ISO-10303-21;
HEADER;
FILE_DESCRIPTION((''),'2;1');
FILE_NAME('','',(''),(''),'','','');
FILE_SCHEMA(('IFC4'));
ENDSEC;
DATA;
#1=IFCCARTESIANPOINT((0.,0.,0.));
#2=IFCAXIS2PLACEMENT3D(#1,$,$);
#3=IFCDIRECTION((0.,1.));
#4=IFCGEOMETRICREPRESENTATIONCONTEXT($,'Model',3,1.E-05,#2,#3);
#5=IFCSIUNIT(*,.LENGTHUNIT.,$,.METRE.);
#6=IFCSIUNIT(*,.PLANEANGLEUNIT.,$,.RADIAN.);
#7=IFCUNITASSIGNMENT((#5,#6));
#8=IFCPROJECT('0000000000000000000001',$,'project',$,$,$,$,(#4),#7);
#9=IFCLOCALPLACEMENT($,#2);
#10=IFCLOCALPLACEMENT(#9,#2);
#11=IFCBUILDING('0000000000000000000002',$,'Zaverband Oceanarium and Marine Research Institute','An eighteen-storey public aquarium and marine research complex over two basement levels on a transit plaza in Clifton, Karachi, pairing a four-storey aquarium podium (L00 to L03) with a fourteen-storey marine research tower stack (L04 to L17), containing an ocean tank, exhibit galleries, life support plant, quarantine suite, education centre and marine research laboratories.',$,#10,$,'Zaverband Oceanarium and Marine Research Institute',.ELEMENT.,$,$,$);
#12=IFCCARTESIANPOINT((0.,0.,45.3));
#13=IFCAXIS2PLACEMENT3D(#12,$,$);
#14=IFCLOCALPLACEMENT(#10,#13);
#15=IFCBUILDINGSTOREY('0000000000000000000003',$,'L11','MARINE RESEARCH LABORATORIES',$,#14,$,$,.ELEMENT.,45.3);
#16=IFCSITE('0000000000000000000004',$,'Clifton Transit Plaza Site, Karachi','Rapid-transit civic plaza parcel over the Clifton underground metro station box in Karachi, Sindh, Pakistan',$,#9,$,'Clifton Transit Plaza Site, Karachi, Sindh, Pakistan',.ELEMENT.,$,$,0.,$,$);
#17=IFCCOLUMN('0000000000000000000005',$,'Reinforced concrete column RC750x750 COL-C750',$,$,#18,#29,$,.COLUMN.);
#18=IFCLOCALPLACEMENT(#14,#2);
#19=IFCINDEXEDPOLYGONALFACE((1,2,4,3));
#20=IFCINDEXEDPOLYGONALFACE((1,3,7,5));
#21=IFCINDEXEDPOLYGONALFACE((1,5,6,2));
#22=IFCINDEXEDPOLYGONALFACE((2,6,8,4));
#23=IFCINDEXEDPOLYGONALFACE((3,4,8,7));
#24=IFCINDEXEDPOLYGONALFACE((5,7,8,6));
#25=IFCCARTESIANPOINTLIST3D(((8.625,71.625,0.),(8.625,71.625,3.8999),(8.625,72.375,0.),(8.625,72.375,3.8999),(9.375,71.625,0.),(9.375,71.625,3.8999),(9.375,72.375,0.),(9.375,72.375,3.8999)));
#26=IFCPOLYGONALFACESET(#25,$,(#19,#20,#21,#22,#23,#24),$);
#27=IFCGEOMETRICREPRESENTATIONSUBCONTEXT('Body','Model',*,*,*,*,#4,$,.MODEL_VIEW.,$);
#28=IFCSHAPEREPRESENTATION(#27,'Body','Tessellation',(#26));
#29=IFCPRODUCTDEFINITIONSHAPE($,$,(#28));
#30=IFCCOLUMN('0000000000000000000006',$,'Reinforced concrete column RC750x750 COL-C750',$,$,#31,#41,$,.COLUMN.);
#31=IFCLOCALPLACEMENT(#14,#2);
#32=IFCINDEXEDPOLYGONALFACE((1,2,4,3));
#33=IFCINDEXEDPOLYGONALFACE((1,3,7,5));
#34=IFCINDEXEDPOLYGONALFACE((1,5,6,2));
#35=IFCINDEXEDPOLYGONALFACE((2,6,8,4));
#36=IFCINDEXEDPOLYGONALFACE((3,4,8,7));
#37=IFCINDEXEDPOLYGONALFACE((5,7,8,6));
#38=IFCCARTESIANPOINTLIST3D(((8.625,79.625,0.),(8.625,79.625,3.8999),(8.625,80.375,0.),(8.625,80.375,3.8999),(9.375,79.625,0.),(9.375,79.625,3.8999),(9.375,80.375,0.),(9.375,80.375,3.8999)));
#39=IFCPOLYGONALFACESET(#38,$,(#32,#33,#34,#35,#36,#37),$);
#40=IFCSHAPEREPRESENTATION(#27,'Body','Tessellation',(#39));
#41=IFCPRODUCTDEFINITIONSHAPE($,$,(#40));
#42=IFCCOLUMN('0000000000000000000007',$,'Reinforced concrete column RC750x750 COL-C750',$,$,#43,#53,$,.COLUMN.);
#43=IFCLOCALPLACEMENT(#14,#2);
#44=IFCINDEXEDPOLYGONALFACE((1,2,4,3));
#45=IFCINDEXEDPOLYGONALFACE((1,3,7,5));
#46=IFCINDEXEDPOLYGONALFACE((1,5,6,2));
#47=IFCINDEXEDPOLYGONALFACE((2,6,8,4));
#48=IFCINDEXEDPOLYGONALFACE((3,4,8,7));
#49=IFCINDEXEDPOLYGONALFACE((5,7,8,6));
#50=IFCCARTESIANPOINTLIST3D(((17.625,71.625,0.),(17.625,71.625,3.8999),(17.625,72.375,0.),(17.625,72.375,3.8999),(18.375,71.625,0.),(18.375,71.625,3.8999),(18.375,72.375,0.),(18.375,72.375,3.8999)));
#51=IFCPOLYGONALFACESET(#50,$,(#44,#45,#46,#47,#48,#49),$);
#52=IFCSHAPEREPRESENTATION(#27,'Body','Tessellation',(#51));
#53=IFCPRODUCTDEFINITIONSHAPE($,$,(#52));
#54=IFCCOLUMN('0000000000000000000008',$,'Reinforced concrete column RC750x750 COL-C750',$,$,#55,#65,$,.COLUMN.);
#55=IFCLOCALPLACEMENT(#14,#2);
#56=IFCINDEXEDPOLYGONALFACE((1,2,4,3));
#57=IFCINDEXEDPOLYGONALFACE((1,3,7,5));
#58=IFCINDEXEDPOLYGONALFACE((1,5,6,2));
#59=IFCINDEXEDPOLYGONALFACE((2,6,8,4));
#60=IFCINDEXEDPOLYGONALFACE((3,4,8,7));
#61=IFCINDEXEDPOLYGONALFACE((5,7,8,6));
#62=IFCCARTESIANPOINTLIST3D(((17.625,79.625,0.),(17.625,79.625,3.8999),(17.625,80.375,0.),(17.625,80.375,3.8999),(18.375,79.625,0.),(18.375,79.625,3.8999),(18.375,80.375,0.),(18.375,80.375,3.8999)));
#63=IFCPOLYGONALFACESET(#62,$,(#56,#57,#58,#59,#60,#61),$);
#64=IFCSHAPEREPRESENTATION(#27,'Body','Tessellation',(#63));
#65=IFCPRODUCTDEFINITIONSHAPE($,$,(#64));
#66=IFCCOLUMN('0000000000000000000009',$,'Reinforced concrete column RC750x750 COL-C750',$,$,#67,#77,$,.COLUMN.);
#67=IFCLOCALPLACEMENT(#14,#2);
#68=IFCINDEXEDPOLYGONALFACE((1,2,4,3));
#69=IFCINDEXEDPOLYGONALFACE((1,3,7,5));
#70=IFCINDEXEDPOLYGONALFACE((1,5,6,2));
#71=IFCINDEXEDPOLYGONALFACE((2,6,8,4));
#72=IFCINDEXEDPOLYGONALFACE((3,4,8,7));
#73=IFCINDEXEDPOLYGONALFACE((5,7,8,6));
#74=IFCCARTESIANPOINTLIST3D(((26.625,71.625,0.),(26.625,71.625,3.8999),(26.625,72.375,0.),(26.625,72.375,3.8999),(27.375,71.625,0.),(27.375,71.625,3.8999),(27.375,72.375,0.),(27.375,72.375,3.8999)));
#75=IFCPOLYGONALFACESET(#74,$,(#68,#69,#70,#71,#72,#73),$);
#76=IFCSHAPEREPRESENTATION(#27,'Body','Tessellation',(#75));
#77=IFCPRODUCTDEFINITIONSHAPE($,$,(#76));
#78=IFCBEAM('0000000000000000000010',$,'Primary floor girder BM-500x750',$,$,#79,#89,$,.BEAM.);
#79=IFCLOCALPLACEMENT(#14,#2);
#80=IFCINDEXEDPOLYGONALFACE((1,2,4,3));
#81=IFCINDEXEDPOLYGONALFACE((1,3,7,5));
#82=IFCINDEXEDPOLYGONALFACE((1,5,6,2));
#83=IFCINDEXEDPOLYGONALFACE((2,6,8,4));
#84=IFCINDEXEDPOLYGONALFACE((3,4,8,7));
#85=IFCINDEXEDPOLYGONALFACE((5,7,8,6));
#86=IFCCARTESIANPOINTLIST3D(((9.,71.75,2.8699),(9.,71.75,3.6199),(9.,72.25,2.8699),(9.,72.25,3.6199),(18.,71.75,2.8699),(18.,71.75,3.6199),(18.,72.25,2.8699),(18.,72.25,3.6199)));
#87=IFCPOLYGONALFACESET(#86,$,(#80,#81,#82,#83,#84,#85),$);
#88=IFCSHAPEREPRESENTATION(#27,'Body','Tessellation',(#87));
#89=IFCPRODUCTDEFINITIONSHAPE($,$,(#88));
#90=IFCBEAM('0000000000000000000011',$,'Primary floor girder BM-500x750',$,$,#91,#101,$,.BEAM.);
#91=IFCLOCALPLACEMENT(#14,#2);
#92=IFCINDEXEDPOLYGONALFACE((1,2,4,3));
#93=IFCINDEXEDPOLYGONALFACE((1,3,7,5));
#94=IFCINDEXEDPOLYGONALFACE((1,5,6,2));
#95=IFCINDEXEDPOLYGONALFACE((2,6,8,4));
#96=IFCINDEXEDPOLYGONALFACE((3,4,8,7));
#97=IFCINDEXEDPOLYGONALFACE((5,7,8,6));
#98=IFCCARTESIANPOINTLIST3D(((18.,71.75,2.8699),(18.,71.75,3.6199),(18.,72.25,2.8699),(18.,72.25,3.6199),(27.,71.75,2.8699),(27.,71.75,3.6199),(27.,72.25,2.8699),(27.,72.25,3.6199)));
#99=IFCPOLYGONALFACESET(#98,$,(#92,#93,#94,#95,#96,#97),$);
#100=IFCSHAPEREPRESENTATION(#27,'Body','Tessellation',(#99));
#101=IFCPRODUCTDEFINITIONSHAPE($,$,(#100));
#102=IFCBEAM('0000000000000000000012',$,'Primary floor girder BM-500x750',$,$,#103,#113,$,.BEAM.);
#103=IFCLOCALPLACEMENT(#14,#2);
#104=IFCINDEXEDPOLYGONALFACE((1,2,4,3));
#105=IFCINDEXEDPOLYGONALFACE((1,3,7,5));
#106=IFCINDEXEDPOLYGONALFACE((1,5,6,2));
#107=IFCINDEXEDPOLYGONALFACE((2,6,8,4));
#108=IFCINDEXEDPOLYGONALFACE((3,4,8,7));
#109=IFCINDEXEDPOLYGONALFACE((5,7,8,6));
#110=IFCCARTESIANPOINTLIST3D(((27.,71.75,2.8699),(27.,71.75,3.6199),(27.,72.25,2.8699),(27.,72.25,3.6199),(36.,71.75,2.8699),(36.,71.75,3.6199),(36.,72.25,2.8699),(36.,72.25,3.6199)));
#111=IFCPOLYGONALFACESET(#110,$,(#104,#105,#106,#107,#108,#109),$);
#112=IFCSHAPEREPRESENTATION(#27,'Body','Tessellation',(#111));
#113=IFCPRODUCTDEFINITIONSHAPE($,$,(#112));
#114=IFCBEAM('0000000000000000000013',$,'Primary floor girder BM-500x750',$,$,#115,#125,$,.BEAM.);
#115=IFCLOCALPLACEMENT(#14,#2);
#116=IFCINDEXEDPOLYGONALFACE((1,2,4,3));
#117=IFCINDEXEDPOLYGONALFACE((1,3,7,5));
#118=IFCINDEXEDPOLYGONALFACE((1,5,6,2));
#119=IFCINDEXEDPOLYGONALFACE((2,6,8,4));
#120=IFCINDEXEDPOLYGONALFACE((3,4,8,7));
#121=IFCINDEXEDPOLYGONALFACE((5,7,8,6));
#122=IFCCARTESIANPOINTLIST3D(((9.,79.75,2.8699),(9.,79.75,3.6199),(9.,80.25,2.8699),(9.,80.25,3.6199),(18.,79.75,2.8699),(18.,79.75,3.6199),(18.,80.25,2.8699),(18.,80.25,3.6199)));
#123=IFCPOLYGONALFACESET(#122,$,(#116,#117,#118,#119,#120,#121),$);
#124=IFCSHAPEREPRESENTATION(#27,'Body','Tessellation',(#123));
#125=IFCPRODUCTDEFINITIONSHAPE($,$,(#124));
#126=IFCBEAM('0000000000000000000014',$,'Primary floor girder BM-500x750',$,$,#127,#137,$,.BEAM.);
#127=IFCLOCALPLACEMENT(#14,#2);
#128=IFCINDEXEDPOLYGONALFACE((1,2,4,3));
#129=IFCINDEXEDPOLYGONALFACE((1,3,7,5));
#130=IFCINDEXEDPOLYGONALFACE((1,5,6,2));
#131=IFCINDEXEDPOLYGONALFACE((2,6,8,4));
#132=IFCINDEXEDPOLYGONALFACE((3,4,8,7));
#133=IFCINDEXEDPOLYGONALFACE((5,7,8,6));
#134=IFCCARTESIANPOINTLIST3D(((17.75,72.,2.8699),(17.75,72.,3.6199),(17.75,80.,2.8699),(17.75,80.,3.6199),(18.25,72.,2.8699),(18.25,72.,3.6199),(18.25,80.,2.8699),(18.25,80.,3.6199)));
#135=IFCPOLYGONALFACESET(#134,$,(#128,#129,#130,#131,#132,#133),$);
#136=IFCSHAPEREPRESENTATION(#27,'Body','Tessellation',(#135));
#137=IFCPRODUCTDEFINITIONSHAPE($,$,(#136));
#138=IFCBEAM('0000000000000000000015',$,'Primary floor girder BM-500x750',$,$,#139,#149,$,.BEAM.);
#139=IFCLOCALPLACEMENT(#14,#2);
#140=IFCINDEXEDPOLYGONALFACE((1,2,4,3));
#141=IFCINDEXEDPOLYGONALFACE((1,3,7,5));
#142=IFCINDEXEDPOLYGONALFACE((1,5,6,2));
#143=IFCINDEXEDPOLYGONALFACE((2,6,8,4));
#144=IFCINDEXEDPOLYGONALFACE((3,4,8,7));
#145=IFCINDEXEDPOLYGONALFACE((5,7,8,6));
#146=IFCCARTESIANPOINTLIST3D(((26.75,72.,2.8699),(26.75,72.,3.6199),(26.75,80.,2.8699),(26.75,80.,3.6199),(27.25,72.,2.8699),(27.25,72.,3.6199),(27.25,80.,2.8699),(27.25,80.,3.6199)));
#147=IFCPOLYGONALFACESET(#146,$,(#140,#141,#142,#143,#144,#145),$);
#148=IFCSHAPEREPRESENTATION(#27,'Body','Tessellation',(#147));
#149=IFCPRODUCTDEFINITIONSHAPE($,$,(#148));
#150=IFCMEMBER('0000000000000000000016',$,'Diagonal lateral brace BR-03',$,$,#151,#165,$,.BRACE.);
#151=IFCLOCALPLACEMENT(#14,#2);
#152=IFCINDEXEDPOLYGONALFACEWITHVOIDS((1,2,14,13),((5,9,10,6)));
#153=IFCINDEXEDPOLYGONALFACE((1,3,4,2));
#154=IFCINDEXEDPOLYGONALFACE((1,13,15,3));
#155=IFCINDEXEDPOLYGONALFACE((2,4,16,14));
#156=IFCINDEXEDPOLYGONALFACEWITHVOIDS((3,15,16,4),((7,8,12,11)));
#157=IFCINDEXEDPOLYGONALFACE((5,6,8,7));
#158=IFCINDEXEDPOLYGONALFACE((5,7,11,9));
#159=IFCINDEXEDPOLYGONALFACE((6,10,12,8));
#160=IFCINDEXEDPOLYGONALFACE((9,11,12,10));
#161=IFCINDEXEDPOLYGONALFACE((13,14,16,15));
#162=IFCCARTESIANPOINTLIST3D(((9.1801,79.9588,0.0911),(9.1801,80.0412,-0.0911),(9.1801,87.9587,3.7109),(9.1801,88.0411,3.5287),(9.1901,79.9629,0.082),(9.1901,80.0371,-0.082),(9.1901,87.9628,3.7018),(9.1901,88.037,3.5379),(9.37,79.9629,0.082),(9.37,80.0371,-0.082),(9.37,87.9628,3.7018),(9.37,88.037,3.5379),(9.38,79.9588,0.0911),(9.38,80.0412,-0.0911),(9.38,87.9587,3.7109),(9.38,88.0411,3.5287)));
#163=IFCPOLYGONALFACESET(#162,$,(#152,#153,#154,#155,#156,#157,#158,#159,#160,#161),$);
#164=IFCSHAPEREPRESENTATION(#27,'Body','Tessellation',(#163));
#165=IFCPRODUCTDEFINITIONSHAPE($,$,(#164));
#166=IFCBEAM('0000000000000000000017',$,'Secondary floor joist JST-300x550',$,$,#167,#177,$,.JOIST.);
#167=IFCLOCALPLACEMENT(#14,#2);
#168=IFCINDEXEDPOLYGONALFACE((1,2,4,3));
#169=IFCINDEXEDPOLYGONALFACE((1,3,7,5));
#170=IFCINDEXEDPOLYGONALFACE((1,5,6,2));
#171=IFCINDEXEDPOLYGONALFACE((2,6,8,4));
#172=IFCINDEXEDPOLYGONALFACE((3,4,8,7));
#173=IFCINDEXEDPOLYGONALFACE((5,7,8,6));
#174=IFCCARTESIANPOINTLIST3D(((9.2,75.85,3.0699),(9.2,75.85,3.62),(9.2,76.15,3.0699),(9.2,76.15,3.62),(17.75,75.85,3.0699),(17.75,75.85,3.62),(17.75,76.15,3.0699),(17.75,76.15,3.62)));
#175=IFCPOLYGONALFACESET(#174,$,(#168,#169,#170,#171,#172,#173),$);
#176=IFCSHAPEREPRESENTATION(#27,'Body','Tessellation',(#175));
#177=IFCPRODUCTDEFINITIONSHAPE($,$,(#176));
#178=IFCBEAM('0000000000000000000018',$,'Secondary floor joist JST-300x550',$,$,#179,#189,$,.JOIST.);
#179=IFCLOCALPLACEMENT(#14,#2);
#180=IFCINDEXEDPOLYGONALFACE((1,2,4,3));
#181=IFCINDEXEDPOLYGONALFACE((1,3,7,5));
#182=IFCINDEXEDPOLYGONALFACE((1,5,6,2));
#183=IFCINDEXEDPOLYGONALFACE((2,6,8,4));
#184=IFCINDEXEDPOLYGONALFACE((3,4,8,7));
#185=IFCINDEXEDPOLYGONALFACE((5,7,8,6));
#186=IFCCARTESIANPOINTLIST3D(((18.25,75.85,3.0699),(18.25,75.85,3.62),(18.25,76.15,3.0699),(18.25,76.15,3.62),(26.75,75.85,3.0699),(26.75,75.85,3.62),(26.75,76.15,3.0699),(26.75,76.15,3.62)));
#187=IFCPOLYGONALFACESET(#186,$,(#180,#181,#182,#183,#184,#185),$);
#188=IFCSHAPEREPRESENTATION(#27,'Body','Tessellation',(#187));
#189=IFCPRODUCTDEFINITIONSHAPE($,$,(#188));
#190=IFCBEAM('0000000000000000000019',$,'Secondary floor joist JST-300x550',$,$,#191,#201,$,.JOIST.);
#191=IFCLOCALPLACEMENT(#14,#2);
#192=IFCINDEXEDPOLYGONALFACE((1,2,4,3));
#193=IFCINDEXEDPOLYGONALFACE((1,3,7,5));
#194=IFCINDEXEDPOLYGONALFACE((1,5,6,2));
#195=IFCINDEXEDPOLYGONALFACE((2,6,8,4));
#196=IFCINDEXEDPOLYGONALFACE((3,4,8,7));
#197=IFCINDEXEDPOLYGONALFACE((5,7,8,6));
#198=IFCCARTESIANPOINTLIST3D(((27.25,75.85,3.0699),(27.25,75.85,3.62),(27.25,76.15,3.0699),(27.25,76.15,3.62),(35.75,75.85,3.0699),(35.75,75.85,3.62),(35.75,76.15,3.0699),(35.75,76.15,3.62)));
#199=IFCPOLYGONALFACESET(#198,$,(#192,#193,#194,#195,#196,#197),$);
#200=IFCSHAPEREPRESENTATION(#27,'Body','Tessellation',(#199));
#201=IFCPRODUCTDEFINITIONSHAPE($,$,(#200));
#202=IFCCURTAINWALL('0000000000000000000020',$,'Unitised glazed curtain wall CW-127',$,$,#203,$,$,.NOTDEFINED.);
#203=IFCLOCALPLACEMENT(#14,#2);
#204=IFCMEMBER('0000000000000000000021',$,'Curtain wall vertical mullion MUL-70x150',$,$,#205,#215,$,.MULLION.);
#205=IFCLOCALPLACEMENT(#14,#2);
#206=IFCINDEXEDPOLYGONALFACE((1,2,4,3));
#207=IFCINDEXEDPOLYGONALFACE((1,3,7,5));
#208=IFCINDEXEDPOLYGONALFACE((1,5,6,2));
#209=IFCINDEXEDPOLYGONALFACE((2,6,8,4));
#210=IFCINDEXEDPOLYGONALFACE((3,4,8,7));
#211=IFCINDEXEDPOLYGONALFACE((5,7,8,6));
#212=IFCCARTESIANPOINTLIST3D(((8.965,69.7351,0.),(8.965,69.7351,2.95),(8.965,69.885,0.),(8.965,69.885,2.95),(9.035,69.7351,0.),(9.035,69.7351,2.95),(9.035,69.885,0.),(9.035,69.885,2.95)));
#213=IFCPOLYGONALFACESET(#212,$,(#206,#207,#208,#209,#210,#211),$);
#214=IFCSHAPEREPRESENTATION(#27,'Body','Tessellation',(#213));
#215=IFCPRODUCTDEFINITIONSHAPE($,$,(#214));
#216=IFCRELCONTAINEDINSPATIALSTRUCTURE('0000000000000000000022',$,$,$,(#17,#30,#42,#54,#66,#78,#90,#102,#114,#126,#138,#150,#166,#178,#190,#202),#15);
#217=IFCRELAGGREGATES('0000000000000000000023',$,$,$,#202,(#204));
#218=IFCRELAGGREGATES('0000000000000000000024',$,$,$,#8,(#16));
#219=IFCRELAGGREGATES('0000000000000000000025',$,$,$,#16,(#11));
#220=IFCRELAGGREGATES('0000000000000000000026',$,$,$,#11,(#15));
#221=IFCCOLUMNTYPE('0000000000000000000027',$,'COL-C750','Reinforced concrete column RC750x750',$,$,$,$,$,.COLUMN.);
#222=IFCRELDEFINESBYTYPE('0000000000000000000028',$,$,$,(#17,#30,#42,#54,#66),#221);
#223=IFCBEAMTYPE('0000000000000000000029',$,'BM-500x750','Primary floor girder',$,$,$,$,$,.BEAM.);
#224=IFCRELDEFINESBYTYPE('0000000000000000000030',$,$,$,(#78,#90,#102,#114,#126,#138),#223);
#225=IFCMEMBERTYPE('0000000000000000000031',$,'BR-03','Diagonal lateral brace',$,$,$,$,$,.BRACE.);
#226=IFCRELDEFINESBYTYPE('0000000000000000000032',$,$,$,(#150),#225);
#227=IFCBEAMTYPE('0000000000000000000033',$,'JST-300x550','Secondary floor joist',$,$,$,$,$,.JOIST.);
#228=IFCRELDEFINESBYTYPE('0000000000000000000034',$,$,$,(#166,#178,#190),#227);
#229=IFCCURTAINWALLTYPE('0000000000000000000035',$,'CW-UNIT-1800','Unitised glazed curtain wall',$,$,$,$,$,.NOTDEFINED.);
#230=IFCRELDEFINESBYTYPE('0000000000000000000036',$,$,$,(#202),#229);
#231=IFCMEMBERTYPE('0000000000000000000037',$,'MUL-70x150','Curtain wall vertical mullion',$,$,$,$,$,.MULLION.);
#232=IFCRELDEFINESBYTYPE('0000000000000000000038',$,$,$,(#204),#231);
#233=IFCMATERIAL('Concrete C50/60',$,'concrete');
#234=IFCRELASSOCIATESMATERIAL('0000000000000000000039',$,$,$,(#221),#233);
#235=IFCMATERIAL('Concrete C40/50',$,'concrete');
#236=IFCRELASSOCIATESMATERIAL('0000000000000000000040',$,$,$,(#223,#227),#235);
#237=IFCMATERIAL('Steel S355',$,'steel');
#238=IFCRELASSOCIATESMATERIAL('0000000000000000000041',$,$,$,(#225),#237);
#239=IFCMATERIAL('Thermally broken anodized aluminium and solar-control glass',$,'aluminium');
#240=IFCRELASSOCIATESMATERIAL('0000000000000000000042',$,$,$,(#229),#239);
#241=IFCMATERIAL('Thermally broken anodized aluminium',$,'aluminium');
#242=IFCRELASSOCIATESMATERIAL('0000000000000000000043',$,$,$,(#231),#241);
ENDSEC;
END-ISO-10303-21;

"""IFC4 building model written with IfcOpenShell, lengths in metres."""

from ifc_helpers import new_model, si_unit, direction, frame, origin, origin_2d, place, context, subcontext, project, spatial, rectangle, hollow_rectangle, extrude, material, material_profile, profile_set, type_object, element, aggregate, save


model = new_model("IFC4")

# Units and contexts
model_context = context("Model", 3, precision=1e-05, world=origin(), true_north=direction((0.0, 1.0)))
body_context = subcontext(model_context, "Body", "Model", "MODEL_VIEW")
ifc_project = project(units=[si_unit("LENGTHUNIT", "METRE"), si_unit("PLANEANGLEUNIT", "RADIAN")], contexts=[model_context])

# Site, building, storey
site_placement = place(None, origin())
site = spatial("IfcSite", under=ifc_project, at=site_placement, Name="Clifton Transit Plaza Site, Karachi", Description="Rapid-transit civic plaza parcel over the Clifton underground metro station box in Karachi, Sindh, Pakistan", LongName="Clifton Transit Plaza Site, Karachi, Sindh, Pakistan", CompositionType="ELEMENT", RefElevation=0.0)
building_placement = place(site_placement, origin())
building = spatial("IfcBuilding", under=site, at=building_placement, Name="Zaverband Oceanarium and Marine Research Institute", Description="An eighteen-storey public aquarium and marine research complex over two basement levels on a transit plaza in Clifton, Karachi, pairing a four-storey aquarium podium (L00 to L03) with a fourteen-storey marine research tower stack (L04 to L17), containing an ocean tank, exhibit galleries, life support plant, quarantine suite, education centre and marine research laboratories.", LongName="Zaverband Oceanarium and Marine Research Institute", CompositionType="ELEMENT")
storey_placement = place(building_placement, frame((0.0, 0.0, 45.3)))
storey = spatial("IfcBuildingStorey", under=building, at=storey_placement, Name="L11", Description="MARINE RESEARCH LABORATORIES", CompositionType="ELEMENT", Elevation=45.3)

# Columns
ifc_material_1 = material(Name="Concrete C50/60", Category="concrete")
ifc_material_profile_1 = material_profile(ifc_material_1, rectangle(XDim=0.75, YDim=0.75, at=origin_2d()), Name="RC750x750")
ifc_profile_set_1 = profile_set([ifc_material_profile_1], Name="Concrete C50/60")
column_type = type_object("IfcColumnType", Name="COL-C750", Description="Reinforced concrete column RC750x750", PredefinedType="COLUMN", material=ifc_profile_set_1)
for number, where, z_axis, x_axis, name in (
    (1, (9.0, 72.0, 0.0), (0.0, 0.0, 1.0), (1.0, 0.0, 0.0), "Reinforced concrete column RC750x750 COL-C750"),
    (2, (9.0, 80.0, 0.0), (0.0, 0.0, 1.0), (1.0, 0.0, 0.0), "Reinforced concrete column RC750x750 COL-C750"),
    (3, (18.0, 72.0, 0.0), (0.0, 0.0, 1.0), (1.0, 0.0, 0.0), "Reinforced concrete column RC750x750 COL-C750"),
    (4, (18.0, 80.0, 0.0), (0.0, 0.0, 1.0), (1.0, 0.0, 0.0), "Reinforced concrete column RC750x750 COL-C750"),
    (5, (27.0, 72.0, 0.0), (0.0, 0.0, 1.0), (1.0, 0.0, 0.0), "Reinforced concrete column RC750x750 COL-C750"),
):
    element("IfcColumn", number, at=place(storey_placement, frame(where, z_axis=z_axis, x_axis=x_axis)), inside=storey, type_object=column_type, Name=name, PredefinedType="COLUMN", context=body_context, shape_type="SweptSolid", body=[
        extrude(rectangle(XDim=0.75, YDim=0.75, at=origin_2d()), origin(), (0.0, 0.0, 1.0), 3.8999),
    ])

# Beams
ifc_material_2 = material(Name="Concrete C40/50", Category="concrete")
ifc_material_profile_2 = material_profile(ifc_material_2, rectangle(XDim=0.5, YDim=0.75, at=origin_2d()), Name="RC500x750")
ifc_profile_set_2 = profile_set([ifc_material_profile_2], Name="Concrete C40/50")
beam_type_1 = type_object("IfcBeamType", Name="BM-500x750", Description="Primary floor girder", PredefinedType="BEAM", material=ifc_profile_set_2)
for number, where, z_axis, x_axis, name in (
    (6, (9.0, 72.0, 3.2449), (1.0, 0.0, 0.0), (0.0, 1.0, 0.0), "Primary floor girder BM-500x750"),
    (7, (18.0, 72.0, 3.2449), (1.0, 0.0, 0.0), (0.0, 1.0, 0.0), "Primary floor girder BM-500x750"),
    (8, (27.0, 72.0, 3.2449), (1.0, 0.0, 0.0), (0.0, 1.0, 0.0), "Primary floor girder BM-500x750"),
    (9, (9.0, 80.0, 3.2449), (1.0, 0.0, 0.0), (0.0, 1.0, 0.0), "Primary floor girder BM-500x750"),
):
    element("IfcBeam", number, at=place(storey_placement, frame(where, z_axis=z_axis, x_axis=x_axis)), inside=storey, type_object=beam_type_1, Name=name, PredefinedType="BEAM", context=body_context, shape_type="SweptSolid", body=[
        extrude(rectangle(XDim=0.5, YDim=0.75, at=origin_2d()), origin(), (0.0, 0.0, 1.0), 9.0),
    ])
for number, where, z_axis, x_axis, name in (
    (10, (18.0, 72.0, 3.2449), (0.0, 1.0, 0.0), (-1.0, 0.0, 0.0), "Primary floor girder BM-500x750"),
    (11, (27.0, 72.0, 3.2449), (0.0, 1.0, 0.0), (-1.0, 0.0, 0.0), "Primary floor girder BM-500x750"),
):
    element("IfcBeam", number, at=place(storey_placement, frame(where, z_axis=z_axis, x_axis=x_axis)), inside=storey, type_object=beam_type_1, Name=name, PredefinedType="BEAM", context=body_context, shape_type="SweptSolid", body=[
        extrude(rectangle(XDim=0.5, YDim=0.75, at=origin_2d()), origin(), (0.0, 0.0, 1.0), 8.0),
    ])

# Member
ifc_material_3 = material(Name="Steel S355", Category="steel")
ifc_material_profile_3 = material_profile(ifc_material_3, hollow_rectangle(XDim=0.2, YDim=0.2, WallThickness=0.01, at=origin_2d()), Name="SHS200x200x10")
ifc_profile_set_3 = profile_set([ifc_material_profile_3], Name="Steel S355")
member_type_1 = type_object("IfcMemberType", Name="BR-03", Description="Diagonal lateral brace", PredefinedType="BRACE", material=ifc_profile_set_3)
member_1_placement = place(storey_placement, frame((9.28, 80.0, 0.0), z_axis=(0.0, 0.911073, 0.412246), x_axis=(-1.0, 0.0, 0.0)))
element("IfcMember", 12, at=member_1_placement, inside=storey, type_object=member_type_1, Name="Diagonal lateral brace BR-03", PredefinedType="BRACE", context=body_context, shape_type="SweptSolid", body=[
    extrude(hollow_rectangle(XDim=0.2, YDim=0.2, WallThickness=0.01, at=origin_2d()), origin(), (0.0, 0.0, 1.0), 8.7808),
])

# Beams
ifc_material_profile_4 = material_profile(ifc_material_2, rectangle(XDim=0.3, YDim=0.55, at=origin_2d()), Name="RC300x550")
ifc_profile_set_4 = profile_set([ifc_material_profile_4], Name="Concrete C40/50")
beam_type_2 = type_object("IfcBeamType", Name="JST-300x550", Description="Secondary floor joist", PredefinedType="JOIST", material=ifc_profile_set_4)
beam_placement = place(storey_placement, frame((9.2, 76.0, 3.345), z_axis=(1.0, 0.0, 0.0), x_axis=(0.0, 1.0, 0.0)))
element("IfcBeam", 13, at=beam_placement, inside=storey, type_object=beam_type_2, Name="Secondary floor joist JST-300x550", PredefinedType="JOIST", context=body_context, shape_type="SweptSolid", body=[
    extrude(rectangle(XDim=0.3, YDim=0.55, at=origin_2d()), origin(), (0.0, 0.0, 1.0), 8.55),
])
for number, where, z_axis, x_axis, name in (
    (14, (18.25, 76.0, 3.345), (1.0, 0.0, 0.0), (0.0, 1.0, 0.0), "Secondary floor joist JST-300x550"),
    (15, (27.25, 76.0, 3.345), (1.0, 0.0, 0.0), (0.0, 1.0, 0.0), "Secondary floor joist JST-300x550"),
):
    element("IfcBeam", number, at=place(storey_placement, frame(where, z_axis=z_axis, x_axis=x_axis)), inside=storey, type_object=beam_type_2, Name=name, PredefinedType="JOIST", context=body_context, shape_type="SweptSolid", body=[
        extrude(rectangle(XDim=0.3, YDim=0.55, at=origin_2d()), origin(), (0.0, 0.0, 1.0), 8.5),
    ])

# Curtain wall, member
ifc_material_4 = material(Name="Thermally broken anodized aluminium and solar-control glass", Category="aluminium")
curtain_wall_type = type_object("IfcCurtainWallType", Name="CW-UNIT-1800", Description="Unitised glazed curtain wall", PredefinedType="NOTDEFINED", material=ifc_material_4)
curtain_wall_placement = place(storey_placement, origin())
curtain_wall = element("IfcCurtainWall", 16, at=curtain_wall_placement, inside=storey, type_object=curtain_wall_type, Name="Unitised glazed curtain wall CW-127", PredefinedType="NOTDEFINED")
ifc_material_5 = material(Name="Thermally broken anodized aluminium", Category="aluminium")
ifc_material_profile_5 = material_profile(ifc_material_5, rectangle(XDim=0.0701, YDim=0.1499, at=origin_2d()), Name="AL-MUL-70x150")
ifc_profile_set_5 = profile_set([ifc_material_profile_5], Name="Thermally broken anodized aluminium")
member_type_2 = type_object("IfcMemberType", Name="MUL-70x150", Description="Curtain wall vertical mullion", PredefinedType="MULLION", material=ifc_profile_set_5)
member_2_placement = place(storey_placement, frame((9.0, 69.8101, 0.0), z_axis=(0.0, 0.0, 1.0), x_axis=(1.0, 0.0, 0.0)))
member_2 = element("IfcMember", 17, at=member_2_placement, type_object=member_type_2, Name="Curtain wall vertical mullion MUL-70x150", PredefinedType="MULLION", context=body_context, shape_type="SweptSolid", body=[
    extrude(rectangle(XDim=0.0701, YDim=0.1499, at=origin_2d()), origin(), (0.0, 0.0, 1.0), 2.95),
])

aggregate(curtain_wall, [member_2])

save(model, "model.ifc")
